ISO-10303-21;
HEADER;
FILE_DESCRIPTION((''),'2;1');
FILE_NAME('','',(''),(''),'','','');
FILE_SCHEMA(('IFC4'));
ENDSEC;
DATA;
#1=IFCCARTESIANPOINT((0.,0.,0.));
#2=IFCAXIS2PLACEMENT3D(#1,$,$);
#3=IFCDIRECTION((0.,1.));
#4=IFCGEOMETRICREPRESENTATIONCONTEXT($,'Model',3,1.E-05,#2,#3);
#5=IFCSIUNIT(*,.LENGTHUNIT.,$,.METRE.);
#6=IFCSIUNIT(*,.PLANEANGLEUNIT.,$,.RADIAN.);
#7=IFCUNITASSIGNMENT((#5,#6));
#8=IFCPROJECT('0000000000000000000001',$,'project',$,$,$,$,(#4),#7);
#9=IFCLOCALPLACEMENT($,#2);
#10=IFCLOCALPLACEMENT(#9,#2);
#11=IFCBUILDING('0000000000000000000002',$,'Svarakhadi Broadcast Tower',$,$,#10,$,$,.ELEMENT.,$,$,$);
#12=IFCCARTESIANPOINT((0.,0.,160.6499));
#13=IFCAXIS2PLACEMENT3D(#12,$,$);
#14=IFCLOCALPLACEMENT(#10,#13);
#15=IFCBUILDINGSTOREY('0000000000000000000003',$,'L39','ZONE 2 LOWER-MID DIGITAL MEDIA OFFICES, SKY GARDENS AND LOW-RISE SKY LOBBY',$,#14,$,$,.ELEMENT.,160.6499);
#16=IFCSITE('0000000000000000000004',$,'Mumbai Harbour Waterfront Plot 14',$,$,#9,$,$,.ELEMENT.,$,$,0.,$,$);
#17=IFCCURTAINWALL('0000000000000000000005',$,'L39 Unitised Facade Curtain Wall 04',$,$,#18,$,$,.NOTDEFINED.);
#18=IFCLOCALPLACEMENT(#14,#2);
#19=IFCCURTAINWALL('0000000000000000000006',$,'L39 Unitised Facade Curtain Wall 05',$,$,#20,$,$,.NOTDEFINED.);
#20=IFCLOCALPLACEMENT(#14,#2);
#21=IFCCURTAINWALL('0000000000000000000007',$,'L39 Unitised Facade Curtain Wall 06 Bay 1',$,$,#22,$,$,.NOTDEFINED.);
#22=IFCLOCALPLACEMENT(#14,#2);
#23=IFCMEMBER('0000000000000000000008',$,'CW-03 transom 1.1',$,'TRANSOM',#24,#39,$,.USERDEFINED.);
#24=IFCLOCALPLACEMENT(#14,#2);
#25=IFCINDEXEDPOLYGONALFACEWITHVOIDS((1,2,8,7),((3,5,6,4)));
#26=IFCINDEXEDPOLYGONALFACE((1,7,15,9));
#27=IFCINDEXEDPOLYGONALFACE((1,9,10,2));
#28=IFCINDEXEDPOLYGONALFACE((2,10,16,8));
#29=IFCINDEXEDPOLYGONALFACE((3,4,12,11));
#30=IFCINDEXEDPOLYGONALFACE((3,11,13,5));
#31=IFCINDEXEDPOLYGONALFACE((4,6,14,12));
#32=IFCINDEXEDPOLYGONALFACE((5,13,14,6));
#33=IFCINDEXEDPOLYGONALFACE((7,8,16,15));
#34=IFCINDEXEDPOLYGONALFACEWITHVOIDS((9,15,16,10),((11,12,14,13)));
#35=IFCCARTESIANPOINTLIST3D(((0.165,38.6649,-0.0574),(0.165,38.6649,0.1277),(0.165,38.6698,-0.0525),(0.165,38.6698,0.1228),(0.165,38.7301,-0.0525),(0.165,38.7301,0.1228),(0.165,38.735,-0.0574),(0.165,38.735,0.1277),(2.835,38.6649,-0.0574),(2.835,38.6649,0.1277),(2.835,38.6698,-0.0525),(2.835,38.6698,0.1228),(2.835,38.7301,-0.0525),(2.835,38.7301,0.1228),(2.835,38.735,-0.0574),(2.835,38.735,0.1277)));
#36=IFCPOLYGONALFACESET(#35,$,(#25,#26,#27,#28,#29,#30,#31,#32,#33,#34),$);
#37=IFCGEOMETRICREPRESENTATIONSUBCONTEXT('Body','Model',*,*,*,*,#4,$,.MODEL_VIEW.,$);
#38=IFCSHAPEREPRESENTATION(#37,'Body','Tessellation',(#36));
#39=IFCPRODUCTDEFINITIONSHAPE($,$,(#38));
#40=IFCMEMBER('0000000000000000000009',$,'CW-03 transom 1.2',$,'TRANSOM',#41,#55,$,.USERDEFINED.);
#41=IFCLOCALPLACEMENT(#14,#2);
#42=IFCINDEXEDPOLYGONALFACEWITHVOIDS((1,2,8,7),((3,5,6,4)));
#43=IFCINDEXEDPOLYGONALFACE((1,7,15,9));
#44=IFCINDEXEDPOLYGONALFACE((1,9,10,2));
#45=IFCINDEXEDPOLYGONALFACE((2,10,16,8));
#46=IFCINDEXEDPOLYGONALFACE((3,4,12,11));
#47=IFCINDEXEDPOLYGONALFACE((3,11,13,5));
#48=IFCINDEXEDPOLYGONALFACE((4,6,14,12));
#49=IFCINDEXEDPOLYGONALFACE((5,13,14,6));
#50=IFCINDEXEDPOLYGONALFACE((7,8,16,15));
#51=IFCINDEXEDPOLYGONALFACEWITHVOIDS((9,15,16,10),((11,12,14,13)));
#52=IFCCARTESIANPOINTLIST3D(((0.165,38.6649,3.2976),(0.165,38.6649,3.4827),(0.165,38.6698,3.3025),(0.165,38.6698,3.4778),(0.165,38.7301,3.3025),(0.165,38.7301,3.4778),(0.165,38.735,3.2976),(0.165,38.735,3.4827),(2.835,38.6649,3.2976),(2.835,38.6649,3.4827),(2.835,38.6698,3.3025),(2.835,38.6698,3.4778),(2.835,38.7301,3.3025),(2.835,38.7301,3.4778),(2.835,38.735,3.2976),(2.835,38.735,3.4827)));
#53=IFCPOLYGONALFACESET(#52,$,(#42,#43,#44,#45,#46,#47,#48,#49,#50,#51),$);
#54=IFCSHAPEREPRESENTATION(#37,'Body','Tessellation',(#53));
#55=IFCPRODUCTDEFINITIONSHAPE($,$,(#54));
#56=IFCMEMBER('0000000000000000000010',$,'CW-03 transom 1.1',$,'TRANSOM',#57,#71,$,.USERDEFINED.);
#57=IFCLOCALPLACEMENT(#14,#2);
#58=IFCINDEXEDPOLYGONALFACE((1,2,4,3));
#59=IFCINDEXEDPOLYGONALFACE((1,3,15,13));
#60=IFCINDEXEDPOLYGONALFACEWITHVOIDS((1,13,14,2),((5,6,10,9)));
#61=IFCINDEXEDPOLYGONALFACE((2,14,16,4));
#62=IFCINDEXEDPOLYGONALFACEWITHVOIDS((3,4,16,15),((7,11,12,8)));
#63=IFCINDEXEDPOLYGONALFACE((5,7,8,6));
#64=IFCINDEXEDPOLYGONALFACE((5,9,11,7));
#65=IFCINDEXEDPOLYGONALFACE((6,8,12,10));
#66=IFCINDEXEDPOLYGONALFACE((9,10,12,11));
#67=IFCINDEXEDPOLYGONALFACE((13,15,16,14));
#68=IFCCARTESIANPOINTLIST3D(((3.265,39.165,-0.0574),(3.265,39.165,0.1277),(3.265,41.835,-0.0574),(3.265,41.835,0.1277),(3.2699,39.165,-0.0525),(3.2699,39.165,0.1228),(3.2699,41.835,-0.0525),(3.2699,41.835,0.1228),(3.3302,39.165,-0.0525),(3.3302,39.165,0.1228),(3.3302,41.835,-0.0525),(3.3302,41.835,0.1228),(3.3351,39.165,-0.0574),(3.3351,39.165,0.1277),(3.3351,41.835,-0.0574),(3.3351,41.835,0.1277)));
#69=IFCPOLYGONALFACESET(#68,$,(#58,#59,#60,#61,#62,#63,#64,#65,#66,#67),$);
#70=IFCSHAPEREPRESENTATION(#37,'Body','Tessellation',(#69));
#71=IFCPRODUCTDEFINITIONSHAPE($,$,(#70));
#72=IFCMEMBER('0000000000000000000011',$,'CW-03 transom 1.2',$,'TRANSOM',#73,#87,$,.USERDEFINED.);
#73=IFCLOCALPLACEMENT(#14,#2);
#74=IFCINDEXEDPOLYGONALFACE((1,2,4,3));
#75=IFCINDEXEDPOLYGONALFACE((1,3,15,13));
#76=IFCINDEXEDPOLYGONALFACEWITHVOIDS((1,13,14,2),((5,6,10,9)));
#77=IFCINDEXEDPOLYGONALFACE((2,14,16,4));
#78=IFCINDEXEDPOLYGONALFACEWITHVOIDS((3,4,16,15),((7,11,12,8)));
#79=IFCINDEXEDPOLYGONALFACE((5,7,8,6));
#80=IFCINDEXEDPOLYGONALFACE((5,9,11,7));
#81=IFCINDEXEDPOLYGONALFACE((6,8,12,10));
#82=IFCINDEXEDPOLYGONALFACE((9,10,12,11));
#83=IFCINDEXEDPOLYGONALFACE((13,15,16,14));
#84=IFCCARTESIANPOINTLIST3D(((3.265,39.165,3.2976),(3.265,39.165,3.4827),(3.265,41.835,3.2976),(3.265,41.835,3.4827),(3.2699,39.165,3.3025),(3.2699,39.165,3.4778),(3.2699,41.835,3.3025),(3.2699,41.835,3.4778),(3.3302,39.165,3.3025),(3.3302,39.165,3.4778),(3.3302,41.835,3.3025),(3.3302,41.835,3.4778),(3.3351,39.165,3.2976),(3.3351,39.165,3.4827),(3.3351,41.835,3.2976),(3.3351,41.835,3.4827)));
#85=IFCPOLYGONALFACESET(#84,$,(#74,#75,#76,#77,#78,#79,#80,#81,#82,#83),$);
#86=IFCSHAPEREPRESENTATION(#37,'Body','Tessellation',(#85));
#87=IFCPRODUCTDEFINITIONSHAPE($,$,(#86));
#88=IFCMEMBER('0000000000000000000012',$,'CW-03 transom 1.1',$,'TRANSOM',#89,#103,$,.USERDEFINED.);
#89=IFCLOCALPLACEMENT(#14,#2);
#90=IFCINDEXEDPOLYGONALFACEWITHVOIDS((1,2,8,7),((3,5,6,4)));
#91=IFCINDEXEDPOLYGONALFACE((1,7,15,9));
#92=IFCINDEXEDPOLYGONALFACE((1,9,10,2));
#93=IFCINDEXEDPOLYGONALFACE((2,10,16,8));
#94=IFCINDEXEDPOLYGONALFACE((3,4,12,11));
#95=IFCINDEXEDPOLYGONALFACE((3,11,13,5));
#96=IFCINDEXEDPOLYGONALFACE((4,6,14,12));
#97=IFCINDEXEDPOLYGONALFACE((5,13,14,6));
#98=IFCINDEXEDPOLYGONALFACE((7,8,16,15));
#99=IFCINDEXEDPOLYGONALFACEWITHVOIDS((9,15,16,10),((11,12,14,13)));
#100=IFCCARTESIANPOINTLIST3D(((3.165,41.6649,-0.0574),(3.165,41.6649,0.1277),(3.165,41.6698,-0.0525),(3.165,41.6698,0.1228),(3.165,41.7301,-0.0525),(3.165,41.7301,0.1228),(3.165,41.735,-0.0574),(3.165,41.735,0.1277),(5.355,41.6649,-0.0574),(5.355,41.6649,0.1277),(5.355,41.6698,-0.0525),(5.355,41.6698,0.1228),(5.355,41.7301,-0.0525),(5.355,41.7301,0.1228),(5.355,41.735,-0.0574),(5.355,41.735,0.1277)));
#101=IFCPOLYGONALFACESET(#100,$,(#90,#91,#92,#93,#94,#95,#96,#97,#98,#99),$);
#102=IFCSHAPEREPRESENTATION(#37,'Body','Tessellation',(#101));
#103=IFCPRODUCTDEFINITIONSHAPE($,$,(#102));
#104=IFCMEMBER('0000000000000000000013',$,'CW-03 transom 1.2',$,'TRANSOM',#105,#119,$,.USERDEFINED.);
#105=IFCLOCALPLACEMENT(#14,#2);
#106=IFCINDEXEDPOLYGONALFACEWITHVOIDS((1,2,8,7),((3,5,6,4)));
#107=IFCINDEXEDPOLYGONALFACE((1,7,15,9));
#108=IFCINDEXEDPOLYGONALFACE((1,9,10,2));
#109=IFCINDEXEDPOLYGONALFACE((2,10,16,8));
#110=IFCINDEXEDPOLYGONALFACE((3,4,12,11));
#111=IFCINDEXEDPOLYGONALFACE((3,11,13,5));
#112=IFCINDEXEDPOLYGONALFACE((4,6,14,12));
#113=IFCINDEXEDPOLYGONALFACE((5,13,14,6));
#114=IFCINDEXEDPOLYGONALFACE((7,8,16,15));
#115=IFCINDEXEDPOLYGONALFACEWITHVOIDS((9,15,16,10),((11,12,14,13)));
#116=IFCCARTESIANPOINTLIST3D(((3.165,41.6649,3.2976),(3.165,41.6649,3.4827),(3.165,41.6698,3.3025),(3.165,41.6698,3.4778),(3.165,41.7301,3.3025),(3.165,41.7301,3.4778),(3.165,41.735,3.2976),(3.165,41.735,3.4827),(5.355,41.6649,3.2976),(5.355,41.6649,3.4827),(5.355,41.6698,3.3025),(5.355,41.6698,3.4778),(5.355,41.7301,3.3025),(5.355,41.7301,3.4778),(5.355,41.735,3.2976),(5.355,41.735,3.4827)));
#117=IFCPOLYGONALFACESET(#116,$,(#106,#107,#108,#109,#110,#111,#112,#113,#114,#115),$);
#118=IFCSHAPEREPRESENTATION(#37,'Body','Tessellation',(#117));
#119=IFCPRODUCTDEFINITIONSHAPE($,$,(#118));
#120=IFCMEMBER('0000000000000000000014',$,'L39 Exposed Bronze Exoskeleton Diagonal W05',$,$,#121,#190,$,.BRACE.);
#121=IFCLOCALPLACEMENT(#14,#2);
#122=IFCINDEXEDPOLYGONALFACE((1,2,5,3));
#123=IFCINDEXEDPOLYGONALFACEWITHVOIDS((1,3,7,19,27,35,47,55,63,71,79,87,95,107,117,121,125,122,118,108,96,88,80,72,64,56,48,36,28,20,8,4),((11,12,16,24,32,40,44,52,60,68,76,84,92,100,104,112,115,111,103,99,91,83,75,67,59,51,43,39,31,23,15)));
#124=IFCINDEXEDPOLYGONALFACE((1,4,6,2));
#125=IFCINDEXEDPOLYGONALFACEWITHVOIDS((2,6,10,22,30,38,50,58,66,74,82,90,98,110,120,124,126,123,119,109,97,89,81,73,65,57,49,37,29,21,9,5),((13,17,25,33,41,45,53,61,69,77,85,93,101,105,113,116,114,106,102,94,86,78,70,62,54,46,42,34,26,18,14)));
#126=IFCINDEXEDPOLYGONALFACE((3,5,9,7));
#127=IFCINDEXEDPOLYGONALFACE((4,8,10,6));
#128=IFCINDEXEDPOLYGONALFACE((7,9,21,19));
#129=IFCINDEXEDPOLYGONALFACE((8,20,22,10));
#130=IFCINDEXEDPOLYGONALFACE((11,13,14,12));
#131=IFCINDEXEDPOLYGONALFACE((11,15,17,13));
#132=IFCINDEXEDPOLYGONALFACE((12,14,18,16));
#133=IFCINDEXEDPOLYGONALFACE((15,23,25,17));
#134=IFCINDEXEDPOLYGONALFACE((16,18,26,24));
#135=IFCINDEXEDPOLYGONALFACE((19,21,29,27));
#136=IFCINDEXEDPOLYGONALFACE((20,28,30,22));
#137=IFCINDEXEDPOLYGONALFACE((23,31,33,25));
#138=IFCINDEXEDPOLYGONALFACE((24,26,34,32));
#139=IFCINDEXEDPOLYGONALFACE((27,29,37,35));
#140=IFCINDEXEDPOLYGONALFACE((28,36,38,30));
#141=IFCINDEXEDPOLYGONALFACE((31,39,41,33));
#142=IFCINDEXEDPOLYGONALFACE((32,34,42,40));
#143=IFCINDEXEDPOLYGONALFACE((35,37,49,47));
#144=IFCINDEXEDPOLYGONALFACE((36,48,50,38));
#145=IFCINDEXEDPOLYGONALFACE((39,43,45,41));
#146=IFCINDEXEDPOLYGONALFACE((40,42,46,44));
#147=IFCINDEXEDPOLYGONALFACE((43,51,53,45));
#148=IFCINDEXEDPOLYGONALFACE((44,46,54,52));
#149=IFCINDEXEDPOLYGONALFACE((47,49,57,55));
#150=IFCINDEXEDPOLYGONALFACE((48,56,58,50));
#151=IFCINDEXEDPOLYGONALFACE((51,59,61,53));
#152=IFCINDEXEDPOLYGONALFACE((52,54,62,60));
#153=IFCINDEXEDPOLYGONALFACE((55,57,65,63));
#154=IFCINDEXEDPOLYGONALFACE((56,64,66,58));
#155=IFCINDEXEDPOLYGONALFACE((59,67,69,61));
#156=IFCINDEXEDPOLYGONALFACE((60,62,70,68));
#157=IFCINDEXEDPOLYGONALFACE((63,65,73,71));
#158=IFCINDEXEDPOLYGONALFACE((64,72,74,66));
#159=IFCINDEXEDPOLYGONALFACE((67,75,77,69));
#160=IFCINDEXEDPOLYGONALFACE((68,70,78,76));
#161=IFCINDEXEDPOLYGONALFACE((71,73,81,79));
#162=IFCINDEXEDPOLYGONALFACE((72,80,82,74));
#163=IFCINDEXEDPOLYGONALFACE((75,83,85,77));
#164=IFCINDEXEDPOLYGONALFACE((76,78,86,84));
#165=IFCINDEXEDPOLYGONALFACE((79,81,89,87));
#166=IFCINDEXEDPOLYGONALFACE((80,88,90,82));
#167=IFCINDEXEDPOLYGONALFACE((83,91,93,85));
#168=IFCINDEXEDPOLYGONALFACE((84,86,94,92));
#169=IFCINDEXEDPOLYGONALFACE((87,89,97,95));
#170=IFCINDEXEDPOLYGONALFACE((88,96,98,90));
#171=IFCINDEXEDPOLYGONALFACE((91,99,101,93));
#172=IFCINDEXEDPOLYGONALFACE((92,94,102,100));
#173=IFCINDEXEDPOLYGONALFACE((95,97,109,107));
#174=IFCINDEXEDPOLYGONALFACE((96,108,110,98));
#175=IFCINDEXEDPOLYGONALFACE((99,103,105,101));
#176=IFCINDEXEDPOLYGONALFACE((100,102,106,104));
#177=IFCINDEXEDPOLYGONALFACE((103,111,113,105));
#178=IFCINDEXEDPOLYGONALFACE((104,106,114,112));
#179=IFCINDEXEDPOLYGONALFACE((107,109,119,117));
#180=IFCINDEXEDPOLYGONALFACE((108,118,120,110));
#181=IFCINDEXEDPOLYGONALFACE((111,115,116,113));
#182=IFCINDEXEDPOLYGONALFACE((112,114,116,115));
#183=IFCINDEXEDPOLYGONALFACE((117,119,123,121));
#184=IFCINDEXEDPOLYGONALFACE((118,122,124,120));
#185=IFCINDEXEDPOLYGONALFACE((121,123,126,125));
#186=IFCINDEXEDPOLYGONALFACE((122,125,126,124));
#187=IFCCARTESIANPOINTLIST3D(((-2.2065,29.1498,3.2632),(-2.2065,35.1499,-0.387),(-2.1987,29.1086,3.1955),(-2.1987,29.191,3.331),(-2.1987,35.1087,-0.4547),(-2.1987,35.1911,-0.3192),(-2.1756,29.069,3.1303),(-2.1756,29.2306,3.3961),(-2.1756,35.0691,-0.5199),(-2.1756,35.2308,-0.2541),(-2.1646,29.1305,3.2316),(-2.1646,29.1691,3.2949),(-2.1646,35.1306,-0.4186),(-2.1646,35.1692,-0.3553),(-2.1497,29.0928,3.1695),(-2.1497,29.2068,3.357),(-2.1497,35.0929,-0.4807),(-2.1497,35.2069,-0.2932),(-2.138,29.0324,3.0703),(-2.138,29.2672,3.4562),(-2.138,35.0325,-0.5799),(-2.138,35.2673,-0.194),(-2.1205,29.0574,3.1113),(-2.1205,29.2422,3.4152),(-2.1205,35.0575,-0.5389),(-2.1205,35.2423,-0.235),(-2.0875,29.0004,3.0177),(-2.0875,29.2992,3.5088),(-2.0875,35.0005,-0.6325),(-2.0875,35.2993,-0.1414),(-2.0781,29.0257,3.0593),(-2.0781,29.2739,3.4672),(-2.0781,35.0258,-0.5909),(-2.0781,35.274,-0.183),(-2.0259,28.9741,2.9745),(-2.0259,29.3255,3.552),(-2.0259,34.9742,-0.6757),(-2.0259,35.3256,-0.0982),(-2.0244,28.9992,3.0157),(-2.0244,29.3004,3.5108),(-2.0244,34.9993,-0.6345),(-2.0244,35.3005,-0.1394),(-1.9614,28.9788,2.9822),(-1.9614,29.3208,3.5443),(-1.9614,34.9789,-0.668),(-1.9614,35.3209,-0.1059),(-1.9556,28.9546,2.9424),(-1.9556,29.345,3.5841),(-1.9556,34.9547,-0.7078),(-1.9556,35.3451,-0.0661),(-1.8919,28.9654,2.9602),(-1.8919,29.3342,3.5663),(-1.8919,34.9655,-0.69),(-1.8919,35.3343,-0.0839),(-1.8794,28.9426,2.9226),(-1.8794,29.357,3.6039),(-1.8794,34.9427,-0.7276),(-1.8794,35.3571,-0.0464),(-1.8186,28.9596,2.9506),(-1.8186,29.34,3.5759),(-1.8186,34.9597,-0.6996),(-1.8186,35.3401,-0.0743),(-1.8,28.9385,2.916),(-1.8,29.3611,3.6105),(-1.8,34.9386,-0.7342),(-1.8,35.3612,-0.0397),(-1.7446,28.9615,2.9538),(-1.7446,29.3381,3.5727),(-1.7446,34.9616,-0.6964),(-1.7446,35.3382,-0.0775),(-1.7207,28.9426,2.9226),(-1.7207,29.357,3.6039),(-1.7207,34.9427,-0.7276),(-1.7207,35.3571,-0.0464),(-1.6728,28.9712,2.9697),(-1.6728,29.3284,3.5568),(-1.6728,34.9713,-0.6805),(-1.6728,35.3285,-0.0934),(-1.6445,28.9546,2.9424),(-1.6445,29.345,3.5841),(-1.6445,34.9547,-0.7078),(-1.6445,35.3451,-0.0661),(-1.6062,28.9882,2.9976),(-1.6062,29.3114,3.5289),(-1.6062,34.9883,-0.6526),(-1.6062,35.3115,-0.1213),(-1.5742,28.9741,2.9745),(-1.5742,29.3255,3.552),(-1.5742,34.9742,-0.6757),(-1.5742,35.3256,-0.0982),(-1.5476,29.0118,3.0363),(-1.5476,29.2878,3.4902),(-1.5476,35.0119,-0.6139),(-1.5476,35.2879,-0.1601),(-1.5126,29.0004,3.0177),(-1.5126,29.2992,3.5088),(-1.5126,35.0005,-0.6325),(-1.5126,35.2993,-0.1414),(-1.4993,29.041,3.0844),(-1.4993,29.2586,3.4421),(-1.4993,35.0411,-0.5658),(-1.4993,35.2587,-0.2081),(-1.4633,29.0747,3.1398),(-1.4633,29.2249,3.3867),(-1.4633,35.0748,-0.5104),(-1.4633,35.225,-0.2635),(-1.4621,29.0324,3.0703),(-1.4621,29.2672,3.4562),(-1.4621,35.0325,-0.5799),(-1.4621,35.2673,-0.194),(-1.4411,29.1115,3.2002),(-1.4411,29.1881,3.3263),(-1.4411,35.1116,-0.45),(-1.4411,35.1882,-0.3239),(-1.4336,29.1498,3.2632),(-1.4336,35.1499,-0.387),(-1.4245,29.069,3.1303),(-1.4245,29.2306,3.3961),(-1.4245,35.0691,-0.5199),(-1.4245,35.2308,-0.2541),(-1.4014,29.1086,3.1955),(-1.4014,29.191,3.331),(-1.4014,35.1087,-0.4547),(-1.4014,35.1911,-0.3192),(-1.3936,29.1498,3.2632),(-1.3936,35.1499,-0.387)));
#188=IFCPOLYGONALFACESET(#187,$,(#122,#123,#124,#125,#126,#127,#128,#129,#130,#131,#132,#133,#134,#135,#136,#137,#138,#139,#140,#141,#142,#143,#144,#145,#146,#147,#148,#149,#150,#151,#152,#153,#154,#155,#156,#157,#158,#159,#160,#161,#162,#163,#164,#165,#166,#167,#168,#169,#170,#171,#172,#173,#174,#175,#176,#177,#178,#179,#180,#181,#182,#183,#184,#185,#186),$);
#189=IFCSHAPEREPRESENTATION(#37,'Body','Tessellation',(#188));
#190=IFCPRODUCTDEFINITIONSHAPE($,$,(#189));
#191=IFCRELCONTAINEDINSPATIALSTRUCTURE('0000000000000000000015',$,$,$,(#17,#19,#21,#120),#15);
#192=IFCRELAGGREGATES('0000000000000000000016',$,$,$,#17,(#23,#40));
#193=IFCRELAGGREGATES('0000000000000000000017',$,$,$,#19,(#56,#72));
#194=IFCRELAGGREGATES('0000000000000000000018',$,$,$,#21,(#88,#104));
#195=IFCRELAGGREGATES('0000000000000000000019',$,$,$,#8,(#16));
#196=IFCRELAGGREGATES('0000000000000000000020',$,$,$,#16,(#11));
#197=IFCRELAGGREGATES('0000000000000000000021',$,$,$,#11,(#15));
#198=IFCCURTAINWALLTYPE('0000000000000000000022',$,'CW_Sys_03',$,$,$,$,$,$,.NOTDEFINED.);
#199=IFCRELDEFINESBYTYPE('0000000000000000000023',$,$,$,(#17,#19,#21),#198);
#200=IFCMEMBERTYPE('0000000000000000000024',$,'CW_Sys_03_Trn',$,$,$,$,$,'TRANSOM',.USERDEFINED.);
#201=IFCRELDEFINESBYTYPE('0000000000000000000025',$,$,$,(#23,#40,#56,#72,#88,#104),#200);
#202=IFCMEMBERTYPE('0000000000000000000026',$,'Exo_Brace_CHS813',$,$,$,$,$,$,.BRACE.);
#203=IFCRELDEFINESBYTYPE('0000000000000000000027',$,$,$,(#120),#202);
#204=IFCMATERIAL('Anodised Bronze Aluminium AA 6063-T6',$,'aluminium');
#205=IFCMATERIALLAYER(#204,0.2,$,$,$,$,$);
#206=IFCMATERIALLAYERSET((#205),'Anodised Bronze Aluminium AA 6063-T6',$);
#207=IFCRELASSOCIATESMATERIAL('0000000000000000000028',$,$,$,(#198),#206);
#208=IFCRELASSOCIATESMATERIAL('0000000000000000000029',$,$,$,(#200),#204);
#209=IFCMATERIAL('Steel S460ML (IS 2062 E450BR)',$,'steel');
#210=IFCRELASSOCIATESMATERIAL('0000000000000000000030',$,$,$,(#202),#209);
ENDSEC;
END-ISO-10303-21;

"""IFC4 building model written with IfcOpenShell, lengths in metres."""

from ifc_helpers import new_model, si_unit, direction, frame, origin, origin_2d, place, context, subcontext, project, spatial, hollow_rectangle, hollow_circle, extrude, material, layer, layer_set, material_profile, profile_set, type_object, element, aggregate, save


model = new_model("IFC4")

# Units and contexts
model_context = context("Model", 3, precision=1e-05, world=origin(), true_north=direction((0.0, 1.0)))
body_context = subcontext(model_context, "Body", "Model", "MODEL_VIEW")
ifc_project = project(units=[si_unit("LENGTHUNIT", "METRE"), si_unit("PLANEANGLEUNIT", "RADIAN")], contexts=[model_context])

# Site, building, storey
site_placement = place(None, origin())
site = spatial("IfcSite", under=ifc_project, at=site_placement, Name="Mumbai Harbour Waterfront Plot 14", CompositionType="ELEMENT", RefElevation=0.0)
building_placement = place(site_placement, origin())
building = spatial("IfcBuilding", under=site, at=building_placement, Name="Svarakhadi Broadcast Tower", CompositionType="ELEMENT")
storey_placement = place(building_placement, frame((0.0, 0.0, 160.6499)))
storey = spatial("IfcBuildingStorey", under=building, at=storey_placement, Name="L39", Description="ZONE 2 LOWER-MID DIGITAL MEDIA OFFICES, SKY GARDENS AND LOW-RISE SKY LOBBY", CompositionType="ELEMENT", Elevation=160.6499)

# Shared definitions
ifc_material_1 = material(Name="Anodised Bronze Aluminium AA 6063-T6", Category="aluminium")
ifc_layer_1 = layer(ifc_material_1, 0.2)
ifc_layer_set_1 = layer_set([ifc_layer_1], Name="Anodised Bronze Aluminium AA 6063-T6")
curtain_wall_type = type_object("IfcCurtainWallType", Name="CW_Sys_03", PredefinedType="NOTDEFINED", material=ifc_layer_set_1)

# Curtain walls
curtain_wall_1_placement = place(storey_placement, origin())
curtain_wall_1 = element("IfcCurtainWall", 1, at=curtain_wall_1_placement, inside=storey, type_object=curtain_wall_type, Name="L39 Unitised Facade Curtain Wall 04", PredefinedType="NOTDEFINED")
curtain_wall_2_placement = place(storey_placement, origin())
curtain_wall_2 = element("IfcCurtainWall", 2, at=curtain_wall_2_placement, inside=storey, type_object=curtain_wall_type, Name="L39 Unitised Facade Curtain Wall 05", PredefinedType="NOTDEFINED")

# Curtain wall
curtain_wall_3_placement = place(storey_placement, origin())
curtain_wall_3 = element("IfcCurtainWall", 3, at=curtain_wall_3_placement, inside=storey, type_object=curtain_wall_type, Name="L39 Unitised Facade Curtain Wall 06 Bay 1", PredefinedType="NOTDEFINED")

# Members
ifc_material_profile_1 = material_profile(ifc_material_1, hollow_rectangle(XDim=0.0701, YDim=0.1851, WallThickness=0.0049, at=origin_2d()), Name="ALU TRANSOM 185x70x5")
ifc_profile_set_1 = profile_set([ifc_material_profile_1], Name="Anodised Bronze Aluminium AA 6063-T6")
member_type_1 = type_object("IfcMemberType", Name="CW_Sys_03_Trn", ElementType="TRANSOM", PredefinedType="USERDEFINED", material=ifc_profile_set_1)
member_1_placement = place(storey_placement, frame((0.165, 38.7, 0.0352), z_axis=(1.0, 0.0, 0.0), x_axis=(0.0, 1.0, 0.0)))
member_1 = element("IfcMember", 4, at=member_1_placement, type_object=member_type_1, Name="CW-03 transom 1.1", ObjectType="TRANSOM", PredefinedType="USERDEFINED", context=body_context, shape_type="SweptSolid", body=[
    extrude(hollow_rectangle(XDim=0.0701, YDim=0.1851, WallThickness=0.0049, at=origin_2d()), origin(), (0.0, 0.0, 1.0), 2.6699),
])
member_2_placement = place(storey_placement, frame((0.165, 38.7, 3.3901), z_axis=(1.0, 0.0, 0.0), x_axis=(0.0, 1.0, 0.0)))
member_2 = element("IfcMember", 5, at=member_2_placement, type_object=member_type_1, Name="CW-03 transom 1.2", ObjectType="TRANSOM", PredefinedType="USERDEFINED", context=body_context, shape_type="SweptSolid", body=[
    extrude(hollow_rectangle(XDim=0.0701, YDim=0.1851, WallThickness=0.0049, at=origin_2d()), origin(), (0.0, 0.0, 1.0), 2.6699),
])
member_3_placement = place(storey_placement, frame((3.3, 39.165, 0.0352), z_axis=(0.0, 1.0, 0.0), x_axis=(-1.0, 0.0, 0.0)))
member_3 = element("IfcMember", 6, at=member_3_placement, type_object=member_type_1, Name="CW-03 transom 1.1", ObjectType="TRANSOM", PredefinedType="USERDEFINED", context=body_context, shape_type="SweptSolid", body=[
    extrude(hollow_rectangle(XDim=0.0701, YDim=0.1851, WallThickness=0.0049, at=origin_2d()), origin(), (0.0, 0.0, 1.0), 2.6699),
])
member_4_placement = place(storey_placement, frame((3.3, 39.165, 3.3901), z_axis=(0.0, 1.0, 0.0), x_axis=(-1.0, 0.0, 0.0)))
member_4 = element("IfcMember", 7, at=member_4_placement, type_object=member_type_1, Name="CW-03 transom 1.2", ObjectType="TRANSOM", PredefinedType="USERDEFINED", context=body_context, shape_type="SweptSolid", body=[
    extrude(hollow_rectangle(XDim=0.0701, YDim=0.1851, WallThickness=0.0049, at=origin_2d()), origin(), (0.0, 0.0, 1.0), 2.6699),
])
member_5_placement = place(storey_placement, frame((3.165, 41.7, 0.0352), z_axis=(1.0, 0.0, 0.0), x_axis=(0.0, 1.0, 0.0)))
member_5 = element("IfcMember", 8, at=member_5_placement, type_object=member_type_1, Name="CW-03 transom 1.1", ObjectType="TRANSOM", PredefinedType="USERDEFINED", context=body_context, shape_type="SweptSolid", body=[
    extrude(hollow_rectangle(XDim=0.0701, YDim=0.1851, WallThickness=0.0049, at=origin_2d()), origin(), (0.0, 0.0, 1.0), 2.1899),
])
member_6_placement = place(storey_placement, frame((3.165, 41.7, 3.3901), z_axis=(1.0, 0.0, 0.0), x_axis=(0.0, 1.0, 0.0)))
member_6 = element("IfcMember", 9, at=member_6_placement, type_object=member_type_1, Name="CW-03 transom 1.2", ObjectType="TRANSOM", PredefinedType="USERDEFINED", context=body_context, shape_type="SweptSolid", body=[
    extrude(hollow_rectangle(XDim=0.0701, YDim=0.1851, WallThickness=0.0049, at=origin_2d()), origin(), (0.0, 0.0, 1.0), 2.1899),
])

# Member
ifc_material_2 = material(Name="Steel S460ML (IS 2062 E450BR)", Category="steel")
ifc_material_profile_2 = material_profile(ifc_material_2, hollow_circle(Radius=0.4065, WallThickness=0.04, at=origin_2d()), Name="CHS 813x40")
ifc_profile_set_2 = profile_set([ifc_material_profile_2], Name="Steel S460ML (IS 2062 E450BR)")
member_type_2 = type_object("IfcMemberType", Name="Exo_Brace_CHS813", PredefinedType="BRACE", material=ifc_profile_set_2)
member_7_placement = place(storey_placement, frame((-1.8, 35.1499, -0.387), z_axis=(0.0, -0.854327, 0.519736), x_axis=(1.0, 0.0, 0.0)))
element("IfcMember", 10, at=member_7_placement, inside=storey, type_object=member_type_2, Name="L39 Exposed Bronze Exoskeleton Diagonal W05", PredefinedType="BRACE", context=body_context, shape_type="SweptSolid", body=[
    extrude(hollow_circle(Radius=0.4065, WallThickness=0.04, at=origin_2d()), origin(), (0.0, 0.0, 1.0), 7.0232),
])

aggregate(curtain_wall_1, [member_1, member_2])
aggregate(curtain_wall_2, [member_3, member_4])
aggregate(curtain_wall_3, [member_5, member_6])

save(model, "model.ifc")
